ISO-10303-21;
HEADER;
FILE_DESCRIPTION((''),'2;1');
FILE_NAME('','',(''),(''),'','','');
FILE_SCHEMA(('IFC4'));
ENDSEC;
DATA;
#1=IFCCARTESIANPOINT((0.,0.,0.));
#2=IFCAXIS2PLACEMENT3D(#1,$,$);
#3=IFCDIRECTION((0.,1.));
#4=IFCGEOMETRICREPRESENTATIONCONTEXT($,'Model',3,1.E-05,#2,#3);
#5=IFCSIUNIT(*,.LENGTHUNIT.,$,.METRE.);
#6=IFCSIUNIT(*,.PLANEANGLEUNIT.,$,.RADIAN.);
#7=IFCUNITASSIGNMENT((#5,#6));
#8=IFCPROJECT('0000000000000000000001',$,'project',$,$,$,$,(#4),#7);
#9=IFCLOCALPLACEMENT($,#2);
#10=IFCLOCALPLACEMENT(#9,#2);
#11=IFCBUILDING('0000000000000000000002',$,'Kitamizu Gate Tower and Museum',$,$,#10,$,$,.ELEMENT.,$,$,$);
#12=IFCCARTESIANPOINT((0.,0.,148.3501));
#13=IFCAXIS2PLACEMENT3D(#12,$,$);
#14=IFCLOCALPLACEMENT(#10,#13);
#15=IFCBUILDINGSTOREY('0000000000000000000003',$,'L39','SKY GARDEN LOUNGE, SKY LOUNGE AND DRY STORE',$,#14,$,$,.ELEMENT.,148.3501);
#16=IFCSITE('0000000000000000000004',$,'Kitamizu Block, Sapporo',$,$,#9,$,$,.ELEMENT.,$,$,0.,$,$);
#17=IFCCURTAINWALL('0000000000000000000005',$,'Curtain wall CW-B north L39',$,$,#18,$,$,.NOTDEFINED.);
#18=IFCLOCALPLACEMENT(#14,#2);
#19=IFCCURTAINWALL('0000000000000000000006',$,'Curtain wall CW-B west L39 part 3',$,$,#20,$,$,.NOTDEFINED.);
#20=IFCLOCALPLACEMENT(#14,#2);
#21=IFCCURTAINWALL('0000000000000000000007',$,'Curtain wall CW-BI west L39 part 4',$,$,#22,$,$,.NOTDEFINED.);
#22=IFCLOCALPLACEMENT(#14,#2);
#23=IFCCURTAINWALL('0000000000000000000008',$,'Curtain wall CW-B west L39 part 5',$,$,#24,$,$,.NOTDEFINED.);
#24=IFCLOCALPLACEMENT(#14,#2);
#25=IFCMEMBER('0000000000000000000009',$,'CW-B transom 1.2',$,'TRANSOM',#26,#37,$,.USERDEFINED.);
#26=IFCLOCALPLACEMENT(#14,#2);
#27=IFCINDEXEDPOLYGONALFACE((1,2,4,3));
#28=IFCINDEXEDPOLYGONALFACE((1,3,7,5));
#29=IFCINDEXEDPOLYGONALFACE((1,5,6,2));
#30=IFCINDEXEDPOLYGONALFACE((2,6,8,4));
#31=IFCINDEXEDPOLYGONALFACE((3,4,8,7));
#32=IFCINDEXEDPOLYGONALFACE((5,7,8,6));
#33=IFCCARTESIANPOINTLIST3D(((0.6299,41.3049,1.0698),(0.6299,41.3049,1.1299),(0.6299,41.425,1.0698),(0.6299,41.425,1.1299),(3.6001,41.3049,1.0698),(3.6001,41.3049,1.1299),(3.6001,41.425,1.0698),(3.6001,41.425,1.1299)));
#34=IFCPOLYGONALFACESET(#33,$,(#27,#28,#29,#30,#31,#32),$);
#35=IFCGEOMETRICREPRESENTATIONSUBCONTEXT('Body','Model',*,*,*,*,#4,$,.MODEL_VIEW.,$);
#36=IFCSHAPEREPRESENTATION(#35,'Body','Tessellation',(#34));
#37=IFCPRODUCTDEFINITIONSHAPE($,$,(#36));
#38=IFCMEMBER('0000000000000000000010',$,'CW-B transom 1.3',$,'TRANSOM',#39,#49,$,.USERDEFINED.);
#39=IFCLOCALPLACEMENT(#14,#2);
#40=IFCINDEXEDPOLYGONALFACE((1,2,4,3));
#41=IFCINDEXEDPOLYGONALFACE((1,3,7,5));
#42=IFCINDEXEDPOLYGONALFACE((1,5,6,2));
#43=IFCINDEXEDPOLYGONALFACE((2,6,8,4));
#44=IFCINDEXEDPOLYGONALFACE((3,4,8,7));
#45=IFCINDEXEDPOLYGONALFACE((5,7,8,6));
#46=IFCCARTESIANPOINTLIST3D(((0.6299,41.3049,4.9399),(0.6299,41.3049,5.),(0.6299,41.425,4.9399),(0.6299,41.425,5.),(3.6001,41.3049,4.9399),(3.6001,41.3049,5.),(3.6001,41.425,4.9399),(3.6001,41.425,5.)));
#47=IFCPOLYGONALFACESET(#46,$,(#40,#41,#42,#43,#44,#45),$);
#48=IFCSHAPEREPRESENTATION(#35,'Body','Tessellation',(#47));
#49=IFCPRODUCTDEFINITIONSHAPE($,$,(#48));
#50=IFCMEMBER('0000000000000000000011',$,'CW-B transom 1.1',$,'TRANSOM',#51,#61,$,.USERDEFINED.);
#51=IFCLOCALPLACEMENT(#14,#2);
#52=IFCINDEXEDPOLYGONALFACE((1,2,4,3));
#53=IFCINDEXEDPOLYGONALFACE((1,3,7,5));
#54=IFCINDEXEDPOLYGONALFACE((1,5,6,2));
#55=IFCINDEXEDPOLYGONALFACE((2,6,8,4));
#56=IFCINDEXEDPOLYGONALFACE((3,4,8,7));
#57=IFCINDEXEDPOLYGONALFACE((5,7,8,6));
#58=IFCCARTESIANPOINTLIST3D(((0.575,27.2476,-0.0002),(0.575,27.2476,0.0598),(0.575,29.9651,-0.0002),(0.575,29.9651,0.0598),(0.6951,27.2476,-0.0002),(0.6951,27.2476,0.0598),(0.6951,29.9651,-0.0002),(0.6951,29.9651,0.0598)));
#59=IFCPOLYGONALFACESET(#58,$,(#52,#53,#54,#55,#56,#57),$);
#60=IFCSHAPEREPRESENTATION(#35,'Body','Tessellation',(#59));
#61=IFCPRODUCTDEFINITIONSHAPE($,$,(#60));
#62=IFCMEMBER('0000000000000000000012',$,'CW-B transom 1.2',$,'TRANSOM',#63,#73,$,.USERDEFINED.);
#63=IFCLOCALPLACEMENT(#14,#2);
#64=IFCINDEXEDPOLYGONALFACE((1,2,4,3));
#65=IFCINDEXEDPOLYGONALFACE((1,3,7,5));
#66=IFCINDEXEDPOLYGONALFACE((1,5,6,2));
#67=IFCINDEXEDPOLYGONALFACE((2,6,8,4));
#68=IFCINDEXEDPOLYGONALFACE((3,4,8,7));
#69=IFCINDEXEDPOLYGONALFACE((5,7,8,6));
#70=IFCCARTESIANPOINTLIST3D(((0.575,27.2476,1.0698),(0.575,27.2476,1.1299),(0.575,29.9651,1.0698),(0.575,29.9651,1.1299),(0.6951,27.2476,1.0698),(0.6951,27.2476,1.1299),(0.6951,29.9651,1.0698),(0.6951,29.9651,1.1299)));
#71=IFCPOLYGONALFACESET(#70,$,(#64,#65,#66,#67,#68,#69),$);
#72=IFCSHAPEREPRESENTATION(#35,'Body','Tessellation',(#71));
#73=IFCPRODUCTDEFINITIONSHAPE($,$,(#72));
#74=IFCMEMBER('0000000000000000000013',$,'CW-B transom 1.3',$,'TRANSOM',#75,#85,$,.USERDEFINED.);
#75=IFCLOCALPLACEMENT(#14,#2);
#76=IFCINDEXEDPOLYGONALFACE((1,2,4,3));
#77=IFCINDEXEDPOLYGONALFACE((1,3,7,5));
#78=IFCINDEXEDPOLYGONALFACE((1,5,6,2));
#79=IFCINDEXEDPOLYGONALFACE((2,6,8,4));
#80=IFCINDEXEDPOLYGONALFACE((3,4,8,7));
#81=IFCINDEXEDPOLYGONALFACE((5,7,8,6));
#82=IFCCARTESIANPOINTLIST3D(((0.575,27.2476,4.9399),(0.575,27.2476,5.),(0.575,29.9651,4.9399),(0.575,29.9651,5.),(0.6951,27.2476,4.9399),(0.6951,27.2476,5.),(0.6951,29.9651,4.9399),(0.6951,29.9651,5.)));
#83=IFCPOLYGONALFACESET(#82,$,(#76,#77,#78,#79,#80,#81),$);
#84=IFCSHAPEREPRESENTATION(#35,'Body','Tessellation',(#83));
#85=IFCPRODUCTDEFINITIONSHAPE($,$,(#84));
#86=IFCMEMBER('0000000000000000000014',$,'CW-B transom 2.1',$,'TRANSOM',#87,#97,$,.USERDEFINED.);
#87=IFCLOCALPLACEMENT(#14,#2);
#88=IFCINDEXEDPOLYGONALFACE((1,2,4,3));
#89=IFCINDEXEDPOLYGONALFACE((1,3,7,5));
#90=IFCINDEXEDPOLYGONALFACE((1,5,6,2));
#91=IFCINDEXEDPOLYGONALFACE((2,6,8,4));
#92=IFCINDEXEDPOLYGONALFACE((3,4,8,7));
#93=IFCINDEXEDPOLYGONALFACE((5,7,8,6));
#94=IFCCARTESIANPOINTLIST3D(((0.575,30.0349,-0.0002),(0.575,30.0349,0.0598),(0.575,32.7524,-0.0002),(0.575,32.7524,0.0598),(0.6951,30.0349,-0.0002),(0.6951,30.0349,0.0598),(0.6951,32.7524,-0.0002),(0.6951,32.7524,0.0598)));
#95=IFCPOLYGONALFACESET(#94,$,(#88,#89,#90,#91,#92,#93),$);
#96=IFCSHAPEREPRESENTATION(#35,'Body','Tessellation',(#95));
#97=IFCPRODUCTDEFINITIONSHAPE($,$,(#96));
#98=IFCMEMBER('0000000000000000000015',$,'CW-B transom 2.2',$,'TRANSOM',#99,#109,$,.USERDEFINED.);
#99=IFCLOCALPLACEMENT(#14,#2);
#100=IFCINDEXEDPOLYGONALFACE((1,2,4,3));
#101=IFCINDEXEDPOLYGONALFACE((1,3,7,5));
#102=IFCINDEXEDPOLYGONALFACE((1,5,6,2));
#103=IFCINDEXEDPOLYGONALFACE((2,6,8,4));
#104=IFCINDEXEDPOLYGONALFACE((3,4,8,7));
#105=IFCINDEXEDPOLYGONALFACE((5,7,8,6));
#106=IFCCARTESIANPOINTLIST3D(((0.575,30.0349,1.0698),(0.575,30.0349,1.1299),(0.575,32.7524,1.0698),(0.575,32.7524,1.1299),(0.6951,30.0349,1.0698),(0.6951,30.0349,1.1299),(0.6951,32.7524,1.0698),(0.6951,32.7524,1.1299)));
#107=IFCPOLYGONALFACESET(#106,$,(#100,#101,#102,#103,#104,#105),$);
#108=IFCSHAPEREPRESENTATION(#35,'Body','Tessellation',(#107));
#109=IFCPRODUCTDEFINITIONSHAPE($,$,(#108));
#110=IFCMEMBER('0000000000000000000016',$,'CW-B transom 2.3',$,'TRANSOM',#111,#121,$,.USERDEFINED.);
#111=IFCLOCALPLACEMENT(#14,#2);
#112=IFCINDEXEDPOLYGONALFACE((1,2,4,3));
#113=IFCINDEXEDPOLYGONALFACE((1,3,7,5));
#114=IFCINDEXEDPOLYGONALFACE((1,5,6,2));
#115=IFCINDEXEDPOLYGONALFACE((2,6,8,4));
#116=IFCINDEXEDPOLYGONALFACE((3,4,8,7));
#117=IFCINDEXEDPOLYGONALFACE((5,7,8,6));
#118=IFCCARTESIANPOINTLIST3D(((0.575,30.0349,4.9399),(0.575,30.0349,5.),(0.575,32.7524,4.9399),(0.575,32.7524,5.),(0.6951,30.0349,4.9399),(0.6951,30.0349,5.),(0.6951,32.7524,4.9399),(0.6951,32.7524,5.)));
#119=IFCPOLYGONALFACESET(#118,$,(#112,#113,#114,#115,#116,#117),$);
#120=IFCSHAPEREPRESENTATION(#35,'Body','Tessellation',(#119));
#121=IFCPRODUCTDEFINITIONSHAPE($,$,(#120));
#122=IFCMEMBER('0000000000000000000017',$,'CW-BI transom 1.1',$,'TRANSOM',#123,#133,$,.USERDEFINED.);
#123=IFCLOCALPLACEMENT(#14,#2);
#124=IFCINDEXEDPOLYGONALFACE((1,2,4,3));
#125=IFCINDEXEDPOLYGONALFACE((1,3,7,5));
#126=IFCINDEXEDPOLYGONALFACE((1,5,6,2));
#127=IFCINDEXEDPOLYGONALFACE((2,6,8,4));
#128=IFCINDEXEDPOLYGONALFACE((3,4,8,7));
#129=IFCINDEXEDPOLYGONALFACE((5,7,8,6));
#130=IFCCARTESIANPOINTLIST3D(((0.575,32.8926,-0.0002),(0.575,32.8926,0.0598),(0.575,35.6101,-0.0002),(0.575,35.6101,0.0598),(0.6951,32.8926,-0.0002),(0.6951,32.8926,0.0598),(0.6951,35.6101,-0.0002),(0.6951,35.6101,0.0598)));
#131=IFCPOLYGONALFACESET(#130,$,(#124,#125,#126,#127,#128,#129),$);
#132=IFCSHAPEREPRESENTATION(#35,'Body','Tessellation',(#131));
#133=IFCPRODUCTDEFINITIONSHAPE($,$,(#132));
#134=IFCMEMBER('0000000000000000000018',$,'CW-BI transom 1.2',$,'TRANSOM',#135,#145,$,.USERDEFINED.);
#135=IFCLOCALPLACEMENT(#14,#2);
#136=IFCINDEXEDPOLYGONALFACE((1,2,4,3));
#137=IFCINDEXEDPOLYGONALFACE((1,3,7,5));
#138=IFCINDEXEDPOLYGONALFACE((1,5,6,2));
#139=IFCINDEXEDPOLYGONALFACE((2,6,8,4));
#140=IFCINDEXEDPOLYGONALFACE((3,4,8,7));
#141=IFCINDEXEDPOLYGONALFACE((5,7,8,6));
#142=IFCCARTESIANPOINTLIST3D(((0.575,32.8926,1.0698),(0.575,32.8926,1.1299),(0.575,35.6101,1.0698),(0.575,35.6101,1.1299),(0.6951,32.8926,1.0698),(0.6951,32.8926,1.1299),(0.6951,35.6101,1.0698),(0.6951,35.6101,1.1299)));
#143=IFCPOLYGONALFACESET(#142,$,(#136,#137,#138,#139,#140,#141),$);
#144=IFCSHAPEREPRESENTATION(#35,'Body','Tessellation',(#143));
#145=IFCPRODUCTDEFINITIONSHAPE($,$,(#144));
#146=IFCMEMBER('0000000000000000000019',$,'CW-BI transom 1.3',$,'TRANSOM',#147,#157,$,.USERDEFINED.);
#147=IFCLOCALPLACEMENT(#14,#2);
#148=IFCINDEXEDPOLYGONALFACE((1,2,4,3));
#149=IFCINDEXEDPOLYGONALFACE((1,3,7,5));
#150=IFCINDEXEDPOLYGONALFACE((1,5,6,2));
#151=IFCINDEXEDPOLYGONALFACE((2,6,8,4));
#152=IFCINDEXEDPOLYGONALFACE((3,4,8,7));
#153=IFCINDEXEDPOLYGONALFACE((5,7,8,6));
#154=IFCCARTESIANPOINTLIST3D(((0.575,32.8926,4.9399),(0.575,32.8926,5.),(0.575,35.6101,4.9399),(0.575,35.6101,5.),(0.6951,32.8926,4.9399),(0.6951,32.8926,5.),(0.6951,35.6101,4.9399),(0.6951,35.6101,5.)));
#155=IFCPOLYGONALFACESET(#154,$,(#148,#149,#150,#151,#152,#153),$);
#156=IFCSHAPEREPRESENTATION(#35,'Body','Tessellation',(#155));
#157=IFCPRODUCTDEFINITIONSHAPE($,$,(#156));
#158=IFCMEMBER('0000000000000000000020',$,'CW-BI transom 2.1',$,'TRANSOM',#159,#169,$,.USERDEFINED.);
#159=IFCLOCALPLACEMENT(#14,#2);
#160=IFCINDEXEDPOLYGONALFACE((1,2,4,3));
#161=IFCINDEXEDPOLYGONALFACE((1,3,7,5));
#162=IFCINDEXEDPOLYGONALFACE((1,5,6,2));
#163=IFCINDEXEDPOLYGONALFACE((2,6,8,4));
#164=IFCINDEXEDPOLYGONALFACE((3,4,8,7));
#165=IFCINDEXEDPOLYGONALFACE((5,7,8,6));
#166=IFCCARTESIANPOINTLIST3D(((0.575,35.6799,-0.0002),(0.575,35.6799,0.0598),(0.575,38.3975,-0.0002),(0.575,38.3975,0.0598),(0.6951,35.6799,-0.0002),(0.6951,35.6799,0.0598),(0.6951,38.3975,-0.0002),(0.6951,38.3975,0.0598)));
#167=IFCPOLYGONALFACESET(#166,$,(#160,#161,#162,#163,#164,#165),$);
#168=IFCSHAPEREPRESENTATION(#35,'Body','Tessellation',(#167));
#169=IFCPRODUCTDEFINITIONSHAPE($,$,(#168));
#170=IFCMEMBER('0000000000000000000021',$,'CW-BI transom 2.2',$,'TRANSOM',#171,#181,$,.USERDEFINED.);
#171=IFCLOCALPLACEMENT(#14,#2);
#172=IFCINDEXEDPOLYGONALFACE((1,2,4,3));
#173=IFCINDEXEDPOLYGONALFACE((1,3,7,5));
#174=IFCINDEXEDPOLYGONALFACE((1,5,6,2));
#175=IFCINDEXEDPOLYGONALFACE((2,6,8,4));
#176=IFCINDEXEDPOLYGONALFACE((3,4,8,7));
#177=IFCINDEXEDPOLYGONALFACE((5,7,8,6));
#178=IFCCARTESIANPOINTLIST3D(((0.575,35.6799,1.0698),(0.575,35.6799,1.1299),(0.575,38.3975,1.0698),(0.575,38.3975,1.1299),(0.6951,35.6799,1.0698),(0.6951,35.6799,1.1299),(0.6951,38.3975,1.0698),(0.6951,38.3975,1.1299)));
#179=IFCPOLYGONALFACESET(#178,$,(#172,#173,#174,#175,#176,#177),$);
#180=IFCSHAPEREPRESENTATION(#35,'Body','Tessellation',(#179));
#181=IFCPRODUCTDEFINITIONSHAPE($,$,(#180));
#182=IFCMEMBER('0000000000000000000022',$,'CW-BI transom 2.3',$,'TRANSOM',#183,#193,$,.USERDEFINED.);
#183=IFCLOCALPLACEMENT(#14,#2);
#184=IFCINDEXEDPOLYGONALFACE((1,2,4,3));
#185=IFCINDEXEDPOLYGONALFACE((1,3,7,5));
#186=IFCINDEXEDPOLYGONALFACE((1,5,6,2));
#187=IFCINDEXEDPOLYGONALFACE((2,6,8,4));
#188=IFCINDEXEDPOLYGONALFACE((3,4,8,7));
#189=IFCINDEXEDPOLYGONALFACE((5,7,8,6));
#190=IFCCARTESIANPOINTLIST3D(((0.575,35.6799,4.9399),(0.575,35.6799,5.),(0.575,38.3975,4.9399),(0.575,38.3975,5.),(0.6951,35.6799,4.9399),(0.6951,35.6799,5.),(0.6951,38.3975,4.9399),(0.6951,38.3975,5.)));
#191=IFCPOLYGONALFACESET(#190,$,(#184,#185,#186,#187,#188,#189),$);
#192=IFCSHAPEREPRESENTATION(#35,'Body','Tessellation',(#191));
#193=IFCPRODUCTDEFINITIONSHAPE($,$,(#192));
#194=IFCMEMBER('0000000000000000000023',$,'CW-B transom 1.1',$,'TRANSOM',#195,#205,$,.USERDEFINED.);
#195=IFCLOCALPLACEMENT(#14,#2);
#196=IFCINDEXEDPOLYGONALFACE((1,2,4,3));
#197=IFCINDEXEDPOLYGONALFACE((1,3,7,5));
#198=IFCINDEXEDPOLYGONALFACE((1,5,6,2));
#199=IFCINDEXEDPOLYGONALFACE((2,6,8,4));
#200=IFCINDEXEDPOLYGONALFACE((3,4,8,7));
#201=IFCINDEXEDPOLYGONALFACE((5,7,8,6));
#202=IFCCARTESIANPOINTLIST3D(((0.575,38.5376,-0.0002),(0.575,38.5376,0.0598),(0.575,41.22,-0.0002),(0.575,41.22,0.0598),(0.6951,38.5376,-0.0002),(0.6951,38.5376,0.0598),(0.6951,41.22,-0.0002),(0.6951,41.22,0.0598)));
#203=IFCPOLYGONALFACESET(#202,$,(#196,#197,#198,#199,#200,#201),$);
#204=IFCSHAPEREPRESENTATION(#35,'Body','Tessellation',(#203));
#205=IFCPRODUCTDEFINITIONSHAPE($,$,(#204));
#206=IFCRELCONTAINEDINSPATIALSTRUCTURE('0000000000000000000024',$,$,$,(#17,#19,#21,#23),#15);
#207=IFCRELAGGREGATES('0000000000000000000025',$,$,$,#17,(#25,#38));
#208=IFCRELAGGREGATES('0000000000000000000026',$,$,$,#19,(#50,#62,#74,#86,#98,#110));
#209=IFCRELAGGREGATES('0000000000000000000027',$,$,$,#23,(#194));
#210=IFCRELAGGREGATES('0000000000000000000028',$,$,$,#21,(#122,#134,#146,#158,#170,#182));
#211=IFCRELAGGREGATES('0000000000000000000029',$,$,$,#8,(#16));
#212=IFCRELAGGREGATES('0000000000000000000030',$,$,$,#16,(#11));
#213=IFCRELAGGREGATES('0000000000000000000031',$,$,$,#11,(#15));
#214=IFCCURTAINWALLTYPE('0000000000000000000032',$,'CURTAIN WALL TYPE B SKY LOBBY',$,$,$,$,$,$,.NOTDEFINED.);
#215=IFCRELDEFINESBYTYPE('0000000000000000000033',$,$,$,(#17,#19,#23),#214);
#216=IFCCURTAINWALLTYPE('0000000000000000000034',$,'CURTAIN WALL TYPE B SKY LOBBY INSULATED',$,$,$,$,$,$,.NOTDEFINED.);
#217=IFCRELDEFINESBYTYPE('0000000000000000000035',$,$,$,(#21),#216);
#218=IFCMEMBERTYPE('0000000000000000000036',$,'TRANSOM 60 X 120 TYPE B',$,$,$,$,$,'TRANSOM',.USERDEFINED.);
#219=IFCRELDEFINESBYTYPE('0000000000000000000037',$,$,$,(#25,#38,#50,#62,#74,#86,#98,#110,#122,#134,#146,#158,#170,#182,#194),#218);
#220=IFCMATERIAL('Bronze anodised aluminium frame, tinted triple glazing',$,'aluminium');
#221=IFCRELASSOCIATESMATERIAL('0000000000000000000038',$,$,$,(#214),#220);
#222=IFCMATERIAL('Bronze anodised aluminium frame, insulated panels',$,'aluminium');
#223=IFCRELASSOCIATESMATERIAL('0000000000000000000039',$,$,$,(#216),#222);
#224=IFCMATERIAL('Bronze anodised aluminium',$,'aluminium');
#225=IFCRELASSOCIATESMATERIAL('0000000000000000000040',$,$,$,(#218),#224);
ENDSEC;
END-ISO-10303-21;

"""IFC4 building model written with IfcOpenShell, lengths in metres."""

from ifc_helpers import new_model, si_unit, direction, frame, origin, origin_2d, place, context, subcontext, project, spatial, rectangle, extrude, material, material_profile, profile_set, type_object, element, aggregate, save


model = new_model("IFC4")

# Units and contexts
model_context = context("Model", 3, precision=1e-05, world=origin(), true_north=direction((0.0, 1.0)))
body_context = subcontext(model_context, "Body", "Model", "MODEL_VIEW")
ifc_project = project(units=[si_unit("LENGTHUNIT", "METRE"), si_unit("PLANEANGLEUNIT", "RADIAN")], contexts=[model_context])

# Site, building, storey
site_placement = place(None, origin())
site = spatial("IfcSite", under=ifc_project, at=site_placement, Name="Kitamizu Block, Sapporo", CompositionType="ELEMENT", RefElevation=0.0)
building_placement = place(site_placement, origin())
building = spatial("IfcBuilding", under=site, at=building_placement, Name="Kitamizu Gate Tower and Museum", CompositionType="ELEMENT")
storey_placement = place(building_placement, frame((0.0, 0.0, 148.3501)))
storey = spatial("IfcBuildingStorey", under=building, at=storey_placement, Name="L39", Description="SKY GARDEN LOUNGE, SKY LOUNGE AND DRY STORE", CompositionType="ELEMENT", Elevation=148.3501)

# Curtain wall
ifc_material_1 = material(Name="Bronze anodised aluminium frame, tinted triple glazing", Category="aluminium")
curtain_wall_type_1 = type_object("IfcCurtainWallType", Name="CURTAIN WALL TYPE B SKY LOBBY", PredefinedType="NOTDEFINED", material=ifc_material_1)
curtain_wall_1_placement = place(storey_placement, origin())
curtain_wall_1 = element("IfcCurtainWall", 1, at=curtain_wall_1_placement, inside=storey, type_object=curtain_wall_type_1, Name="Curtain wall CW-B north L39", PredefinedType="NOTDEFINED")

# Curtain walls
curtain_wall_2_placement = place(storey_placement, origin())
curtain_wall_2 = element("IfcCurtainWall", 2, at=curtain_wall_2_placement, inside=storey, type_object=curtain_wall_type_1, Name="Curtain wall CW-B west L39 part 3", PredefinedType="NOTDEFINED")
ifc_material_2 = material(Name="Bronze anodised aluminium frame, insulated panels", Category="aluminium")
curtain_wall_type_2 = type_object("IfcCurtainWallType", Name="CURTAIN WALL TYPE B SKY LOBBY INSULATED", PredefinedType="NOTDEFINED", material=ifc_material_2)
curtain_wall_3_placement = place(storey_placement, origin())
curtain_wall_3 = element("IfcCurtainWall", 3, at=curtain_wall_3_placement, inside=storey, type_object=curtain_wall_type_2, Name="Curtain wall CW-BI west L39 part 4", PredefinedType="NOTDEFINED")
curtain_wall_4_placement = place(storey_placement, origin())
curtain_wall_4 = element("IfcCurtainWall", 4, at=curtain_wall_4_placement, inside=storey, type_object=curtain_wall_type_1, Name="Curtain wall CW-B west L39 part 5", PredefinedType="NOTDEFINED")

# Members
ifc_material_3 = material(Name="Bronze anodised aluminium", Category="aluminium")
ifc_material_profile_1 = material_profile(ifc_material_3, rectangle(XDim=0.1201, YDim=0.0601, at=origin_2d()), Name="AL 60X120")
ifc_profile_set_1 = profile_set([ifc_material_profile_1], Name="Bronze anodised aluminium")
member_type_1 = type_object("IfcMemberType", Name="TRANSOM 60 X 120 TYPE B", ElementType="TRANSOM", PredefinedType="USERDEFINED", material=ifc_profile_set_1)
member_1_placement = place(storey_placement, frame((0.6299, 41.365, 1.0999), z_axis=(1.0, 0.0, 0.0), x_axis=(0.0, 1.0, 0.0)))
member_1 = element("IfcMember", 5, at=member_1_placement, type_object=member_type_1, Name="CW-B transom 1.2", ObjectType="TRANSOM", PredefinedType="USERDEFINED", context=body_context, shape_type="SweptSolid", body=[
    extrude(rectangle(XDim=0.1201, YDim=0.0601, at=origin_2d()), origin(), (0.0, 0.0, 1.0), 2.9702),
])
member_2_placement = place(storey_placement, frame((0.6299, 41.365, 4.97), z_axis=(1.0, 0.0, 0.0), x_axis=(0.0, 1.0, 0.0)))
member_2 = element("IfcMember", 6, at=member_2_placement, type_object=member_type_1, Name="CW-B transom 1.3", ObjectType="TRANSOM", PredefinedType="USERDEFINED", context=body_context, shape_type="SweptSolid", body=[
    extrude(rectangle(XDim=0.1201, YDim=0.0601, at=origin_2d()), origin(), (0.0, 0.0, 1.0), 2.9702),
])
member_3_placement = place(storey_placement, frame((0.635, 27.2476, 0.0298), z_axis=(0.0, 1.0, 0.0), x_axis=(-1.0, 0.0, 0.0)))
member_3 = element("IfcMember", 7, at=member_3_placement, type_object=member_type_1, Name="CW-B transom 1.1", ObjectType="TRANSOM", PredefinedType="USERDEFINED", context=body_context, shape_type="SweptSolid", body=[
    extrude(rectangle(XDim=0.1201, YDim=0.0601, at=origin_2d()), origin(), (0.0, 0.0, 1.0), 2.7175),
])
member_4_placement = place(storey_placement, frame((0.635, 27.2476, 1.0999), z_axis=(0.0, 1.0, 0.0), x_axis=(-1.0, 0.0, 0.0)))
member_4 = element("IfcMember", 8, at=member_4_placement, type_object=member_type_1, Name="CW-B transom 1.2", ObjectType="TRANSOM", PredefinedType="USERDEFINED", context=body_context, shape_type="SweptSolid", body=[
    extrude(rectangle(XDim=0.1201, YDim=0.0601, at=origin_2d()), origin(), (0.0, 0.0, 1.0), 2.7175),
])
member_5_placement = place(storey_placement, frame((0.635, 27.2476, 4.97), z_axis=(0.0, 1.0, 0.0), x_axis=(-1.0, 0.0, 0.0)))
member_5 = element("IfcMember", 9, at=member_5_placement, type_object=member_type_1, Name="CW-B transom 1.3", ObjectType="TRANSOM", PredefinedType="USERDEFINED", context=body_context, shape_type="SweptSolid", body=[
    extrude(rectangle(XDim=0.1201, YDim=0.0601, at=origin_2d()), origin(), (0.0, 0.0, 1.0), 2.7175),
])
member_6_placement = place(storey_placement, frame((0.635, 30.0349, 0.0298), z_axis=(0.0, 1.0, 0.0), x_axis=(-1.0, 0.0, 0.0)))
member_6 = element("IfcMember", 10, at=member_6_placement, type_object=member_type_1, Name="CW-B transom 2.1", ObjectType="TRANSOM", PredefinedType="USERDEFINED", context=body_context, shape_type="SweptSolid", body=[
    extrude(rectangle(XDim=0.1201, YDim=0.0601, at=origin_2d()), origin(), (0.0, 0.0, 1.0), 2.7175),
])
member_7_placement = place(storey_placement, frame((0.635, 30.0349, 1.0999), z_axis=(0.0, 1.0, 0.0), x_axis=(-1.0, 0.0, 0.0)))
member_7 = element("IfcMember", 11, at=member_7_placement, type_object=member_type_1, Name="CW-B transom 2.2", ObjectType="TRANSOM", PredefinedType="USERDEFINED", context=body_context, shape_type="SweptSolid", body=[
    extrude(rectangle(XDim=0.1201, YDim=0.0601, at=origin_2d()), origin(), (0.0, 0.0, 1.0), 2.7175),
])
member_8_placement = place(storey_placement, frame((0.635, 30.0349, 4.97), z_axis=(0.0, 1.0, 0.0), x_axis=(-1.0, 0.0, 0.0)))
member_8 = element("IfcMember", 12, at=member_8_placement, type_object=member_type_1, Name="CW-B transom 2.3", ObjectType="TRANSOM", PredefinedType="USERDEFINED", context=body_context, shape_type="SweptSolid", body=[
    extrude(rectangle(XDim=0.1201, YDim=0.0601, at=origin_2d()), origin(), (0.0, 0.0, 1.0), 2.7175),
])
member_9_placement = place(storey_placement, frame((0.635, 32.8926, 0.0298), z_axis=(0.0, 1.0, 0.0), x_axis=(-1.0, 0.0, 0.0)))
member_9 = element("IfcMember", 13, at=member_9_placement, type_object=member_type_1, Name="CW-BI transom 1.1", ObjectType="TRANSOM", PredefinedType="USERDEFINED", context=body_context, shape_type="SweptSolid", body=[
    extrude(rectangle(XDim=0.1201, YDim=0.0601, at=origin_2d()), origin(), (0.0, 0.0, 1.0), 2.7175),
])
member_10_placement = place(storey_placement, frame((0.635, 32.8926, 1.0999), z_axis=(0.0, 1.0, 0.0), x_axis=(-1.0, 0.0, 0.0)))
member_10 = element("IfcMember", 14, at=member_10_placement, type_object=member_type_1, Name="CW-BI transom 1.2", ObjectType="TRANSOM", PredefinedType="USERDEFINED", context=body_context, shape_type="SweptSolid", body=[
    extrude(rectangle(XDim=0.1201, YDim=0.0601, at=origin_2d()), origin(), (0.0, 0.0, 1.0), 2.7175),
])
member_11_placement = place(storey_placement, frame((0.635, 32.8926, 4.97), z_axis=(0.0, 1.0, 0.0), x_axis=(-1.0, 0.0, 0.0)))
member_11 = element("IfcMember", 15, at=member_11_placement, type_object=member_type_1, Name="CW-BI transom 1.3", ObjectType="TRANSOM", PredefinedType="USERDEFINED", context=body_context, shape_type="SweptSolid", body=[
    extrude(rectangle(XDim=0.1201, YDim=0.0601, at=origin_2d()), origin(), (0.0, 0.0, 1.0), 2.7175),
])
member_12_placement = place(storey_placement, frame((0.635, 35.6799, 0.0298), z_axis=(0.0, 1.0, 0.0), x_axis=(-1.0, 0.0, 0.0)))
member_12 = element("IfcMember", 16, at=member_12_placement, type_object=member_type_1, Name="CW-BI transom 2.1", ObjectType="TRANSOM", PredefinedType="USERDEFINED", context=body_context, shape_type="SweptSolid", body=[
    extrude(rectangle(XDim=0.1201, YDim=0.0601, at=origin_2d()), origin(), (0.0, 0.0, 1.0), 2.7175),
])
member_13_placement = place(storey_placement, frame((0.635, 35.6799, 1.0999), z_axis=(0.0, 1.0, 0.0), x_axis=(-1.0, 0.0, 0.0)))
member_13 = element("IfcMember", 17, at=member_13_placement, type_object=member_type_1, Name="CW-BI transom 2.2", ObjectType="TRANSOM", PredefinedType="USERDEFINED", context=body_context, shape_type="SweptSolid", body=[
    extrude(rectangle(XDim=0.1201, YDim=0.0601, at=origin_2d()), origin(), (0.0, 0.0, 1.0), 2.7175),
])
member_14_placement = place(storey_placement, frame((0.635, 35.6799, 4.97), z_axis=(0.0, 1.0, 0.0), x_axis=(-1.0, 0.0, 0.0)))
member_14 = element("IfcMember", 18, at=member_14_placement, type_object=member_type_1, Name="CW-BI transom 2.3", ObjectType="TRANSOM", PredefinedType="USERDEFINED", context=body_context, shape_type="SweptSolid", body=[
    extrude(rectangle(XDim=0.1201, YDim=0.0601, at=origin_2d()), origin(), (0.0, 0.0, 1.0), 2.7175),
])
member_15_placement = place(storey_placement, frame((0.635, 38.5376, 0.0298), z_axis=(0.0, 1.0, 0.0), x_axis=(-1.0, 0.0, 0.0)))
member_15 = element("IfcMember", 19, at=member_15_placement, type_object=member_type_1, Name="CW-B transom 1.1", ObjectType="TRANSOM", PredefinedType="USERDEFINED", context=body_context, shape_type="SweptSolid", body=[
    extrude(rectangle(XDim=0.1201, YDim=0.0601, at=origin_2d()), origin(), (0.0, 0.0, 1.0), 2.6824),
])

aggregate(curtain_wall_1, [member_1, member_2])
aggregate(curtain_wall_2, [member_3, member_4, member_5, member_6, member_7, member_8])
aggregate(curtain_wall_4, [member_15])
aggregate(curtain_wall_3, [member_9, member_10, member_11, member_12, member_13, member_14])

save(model, "model.ifc")
